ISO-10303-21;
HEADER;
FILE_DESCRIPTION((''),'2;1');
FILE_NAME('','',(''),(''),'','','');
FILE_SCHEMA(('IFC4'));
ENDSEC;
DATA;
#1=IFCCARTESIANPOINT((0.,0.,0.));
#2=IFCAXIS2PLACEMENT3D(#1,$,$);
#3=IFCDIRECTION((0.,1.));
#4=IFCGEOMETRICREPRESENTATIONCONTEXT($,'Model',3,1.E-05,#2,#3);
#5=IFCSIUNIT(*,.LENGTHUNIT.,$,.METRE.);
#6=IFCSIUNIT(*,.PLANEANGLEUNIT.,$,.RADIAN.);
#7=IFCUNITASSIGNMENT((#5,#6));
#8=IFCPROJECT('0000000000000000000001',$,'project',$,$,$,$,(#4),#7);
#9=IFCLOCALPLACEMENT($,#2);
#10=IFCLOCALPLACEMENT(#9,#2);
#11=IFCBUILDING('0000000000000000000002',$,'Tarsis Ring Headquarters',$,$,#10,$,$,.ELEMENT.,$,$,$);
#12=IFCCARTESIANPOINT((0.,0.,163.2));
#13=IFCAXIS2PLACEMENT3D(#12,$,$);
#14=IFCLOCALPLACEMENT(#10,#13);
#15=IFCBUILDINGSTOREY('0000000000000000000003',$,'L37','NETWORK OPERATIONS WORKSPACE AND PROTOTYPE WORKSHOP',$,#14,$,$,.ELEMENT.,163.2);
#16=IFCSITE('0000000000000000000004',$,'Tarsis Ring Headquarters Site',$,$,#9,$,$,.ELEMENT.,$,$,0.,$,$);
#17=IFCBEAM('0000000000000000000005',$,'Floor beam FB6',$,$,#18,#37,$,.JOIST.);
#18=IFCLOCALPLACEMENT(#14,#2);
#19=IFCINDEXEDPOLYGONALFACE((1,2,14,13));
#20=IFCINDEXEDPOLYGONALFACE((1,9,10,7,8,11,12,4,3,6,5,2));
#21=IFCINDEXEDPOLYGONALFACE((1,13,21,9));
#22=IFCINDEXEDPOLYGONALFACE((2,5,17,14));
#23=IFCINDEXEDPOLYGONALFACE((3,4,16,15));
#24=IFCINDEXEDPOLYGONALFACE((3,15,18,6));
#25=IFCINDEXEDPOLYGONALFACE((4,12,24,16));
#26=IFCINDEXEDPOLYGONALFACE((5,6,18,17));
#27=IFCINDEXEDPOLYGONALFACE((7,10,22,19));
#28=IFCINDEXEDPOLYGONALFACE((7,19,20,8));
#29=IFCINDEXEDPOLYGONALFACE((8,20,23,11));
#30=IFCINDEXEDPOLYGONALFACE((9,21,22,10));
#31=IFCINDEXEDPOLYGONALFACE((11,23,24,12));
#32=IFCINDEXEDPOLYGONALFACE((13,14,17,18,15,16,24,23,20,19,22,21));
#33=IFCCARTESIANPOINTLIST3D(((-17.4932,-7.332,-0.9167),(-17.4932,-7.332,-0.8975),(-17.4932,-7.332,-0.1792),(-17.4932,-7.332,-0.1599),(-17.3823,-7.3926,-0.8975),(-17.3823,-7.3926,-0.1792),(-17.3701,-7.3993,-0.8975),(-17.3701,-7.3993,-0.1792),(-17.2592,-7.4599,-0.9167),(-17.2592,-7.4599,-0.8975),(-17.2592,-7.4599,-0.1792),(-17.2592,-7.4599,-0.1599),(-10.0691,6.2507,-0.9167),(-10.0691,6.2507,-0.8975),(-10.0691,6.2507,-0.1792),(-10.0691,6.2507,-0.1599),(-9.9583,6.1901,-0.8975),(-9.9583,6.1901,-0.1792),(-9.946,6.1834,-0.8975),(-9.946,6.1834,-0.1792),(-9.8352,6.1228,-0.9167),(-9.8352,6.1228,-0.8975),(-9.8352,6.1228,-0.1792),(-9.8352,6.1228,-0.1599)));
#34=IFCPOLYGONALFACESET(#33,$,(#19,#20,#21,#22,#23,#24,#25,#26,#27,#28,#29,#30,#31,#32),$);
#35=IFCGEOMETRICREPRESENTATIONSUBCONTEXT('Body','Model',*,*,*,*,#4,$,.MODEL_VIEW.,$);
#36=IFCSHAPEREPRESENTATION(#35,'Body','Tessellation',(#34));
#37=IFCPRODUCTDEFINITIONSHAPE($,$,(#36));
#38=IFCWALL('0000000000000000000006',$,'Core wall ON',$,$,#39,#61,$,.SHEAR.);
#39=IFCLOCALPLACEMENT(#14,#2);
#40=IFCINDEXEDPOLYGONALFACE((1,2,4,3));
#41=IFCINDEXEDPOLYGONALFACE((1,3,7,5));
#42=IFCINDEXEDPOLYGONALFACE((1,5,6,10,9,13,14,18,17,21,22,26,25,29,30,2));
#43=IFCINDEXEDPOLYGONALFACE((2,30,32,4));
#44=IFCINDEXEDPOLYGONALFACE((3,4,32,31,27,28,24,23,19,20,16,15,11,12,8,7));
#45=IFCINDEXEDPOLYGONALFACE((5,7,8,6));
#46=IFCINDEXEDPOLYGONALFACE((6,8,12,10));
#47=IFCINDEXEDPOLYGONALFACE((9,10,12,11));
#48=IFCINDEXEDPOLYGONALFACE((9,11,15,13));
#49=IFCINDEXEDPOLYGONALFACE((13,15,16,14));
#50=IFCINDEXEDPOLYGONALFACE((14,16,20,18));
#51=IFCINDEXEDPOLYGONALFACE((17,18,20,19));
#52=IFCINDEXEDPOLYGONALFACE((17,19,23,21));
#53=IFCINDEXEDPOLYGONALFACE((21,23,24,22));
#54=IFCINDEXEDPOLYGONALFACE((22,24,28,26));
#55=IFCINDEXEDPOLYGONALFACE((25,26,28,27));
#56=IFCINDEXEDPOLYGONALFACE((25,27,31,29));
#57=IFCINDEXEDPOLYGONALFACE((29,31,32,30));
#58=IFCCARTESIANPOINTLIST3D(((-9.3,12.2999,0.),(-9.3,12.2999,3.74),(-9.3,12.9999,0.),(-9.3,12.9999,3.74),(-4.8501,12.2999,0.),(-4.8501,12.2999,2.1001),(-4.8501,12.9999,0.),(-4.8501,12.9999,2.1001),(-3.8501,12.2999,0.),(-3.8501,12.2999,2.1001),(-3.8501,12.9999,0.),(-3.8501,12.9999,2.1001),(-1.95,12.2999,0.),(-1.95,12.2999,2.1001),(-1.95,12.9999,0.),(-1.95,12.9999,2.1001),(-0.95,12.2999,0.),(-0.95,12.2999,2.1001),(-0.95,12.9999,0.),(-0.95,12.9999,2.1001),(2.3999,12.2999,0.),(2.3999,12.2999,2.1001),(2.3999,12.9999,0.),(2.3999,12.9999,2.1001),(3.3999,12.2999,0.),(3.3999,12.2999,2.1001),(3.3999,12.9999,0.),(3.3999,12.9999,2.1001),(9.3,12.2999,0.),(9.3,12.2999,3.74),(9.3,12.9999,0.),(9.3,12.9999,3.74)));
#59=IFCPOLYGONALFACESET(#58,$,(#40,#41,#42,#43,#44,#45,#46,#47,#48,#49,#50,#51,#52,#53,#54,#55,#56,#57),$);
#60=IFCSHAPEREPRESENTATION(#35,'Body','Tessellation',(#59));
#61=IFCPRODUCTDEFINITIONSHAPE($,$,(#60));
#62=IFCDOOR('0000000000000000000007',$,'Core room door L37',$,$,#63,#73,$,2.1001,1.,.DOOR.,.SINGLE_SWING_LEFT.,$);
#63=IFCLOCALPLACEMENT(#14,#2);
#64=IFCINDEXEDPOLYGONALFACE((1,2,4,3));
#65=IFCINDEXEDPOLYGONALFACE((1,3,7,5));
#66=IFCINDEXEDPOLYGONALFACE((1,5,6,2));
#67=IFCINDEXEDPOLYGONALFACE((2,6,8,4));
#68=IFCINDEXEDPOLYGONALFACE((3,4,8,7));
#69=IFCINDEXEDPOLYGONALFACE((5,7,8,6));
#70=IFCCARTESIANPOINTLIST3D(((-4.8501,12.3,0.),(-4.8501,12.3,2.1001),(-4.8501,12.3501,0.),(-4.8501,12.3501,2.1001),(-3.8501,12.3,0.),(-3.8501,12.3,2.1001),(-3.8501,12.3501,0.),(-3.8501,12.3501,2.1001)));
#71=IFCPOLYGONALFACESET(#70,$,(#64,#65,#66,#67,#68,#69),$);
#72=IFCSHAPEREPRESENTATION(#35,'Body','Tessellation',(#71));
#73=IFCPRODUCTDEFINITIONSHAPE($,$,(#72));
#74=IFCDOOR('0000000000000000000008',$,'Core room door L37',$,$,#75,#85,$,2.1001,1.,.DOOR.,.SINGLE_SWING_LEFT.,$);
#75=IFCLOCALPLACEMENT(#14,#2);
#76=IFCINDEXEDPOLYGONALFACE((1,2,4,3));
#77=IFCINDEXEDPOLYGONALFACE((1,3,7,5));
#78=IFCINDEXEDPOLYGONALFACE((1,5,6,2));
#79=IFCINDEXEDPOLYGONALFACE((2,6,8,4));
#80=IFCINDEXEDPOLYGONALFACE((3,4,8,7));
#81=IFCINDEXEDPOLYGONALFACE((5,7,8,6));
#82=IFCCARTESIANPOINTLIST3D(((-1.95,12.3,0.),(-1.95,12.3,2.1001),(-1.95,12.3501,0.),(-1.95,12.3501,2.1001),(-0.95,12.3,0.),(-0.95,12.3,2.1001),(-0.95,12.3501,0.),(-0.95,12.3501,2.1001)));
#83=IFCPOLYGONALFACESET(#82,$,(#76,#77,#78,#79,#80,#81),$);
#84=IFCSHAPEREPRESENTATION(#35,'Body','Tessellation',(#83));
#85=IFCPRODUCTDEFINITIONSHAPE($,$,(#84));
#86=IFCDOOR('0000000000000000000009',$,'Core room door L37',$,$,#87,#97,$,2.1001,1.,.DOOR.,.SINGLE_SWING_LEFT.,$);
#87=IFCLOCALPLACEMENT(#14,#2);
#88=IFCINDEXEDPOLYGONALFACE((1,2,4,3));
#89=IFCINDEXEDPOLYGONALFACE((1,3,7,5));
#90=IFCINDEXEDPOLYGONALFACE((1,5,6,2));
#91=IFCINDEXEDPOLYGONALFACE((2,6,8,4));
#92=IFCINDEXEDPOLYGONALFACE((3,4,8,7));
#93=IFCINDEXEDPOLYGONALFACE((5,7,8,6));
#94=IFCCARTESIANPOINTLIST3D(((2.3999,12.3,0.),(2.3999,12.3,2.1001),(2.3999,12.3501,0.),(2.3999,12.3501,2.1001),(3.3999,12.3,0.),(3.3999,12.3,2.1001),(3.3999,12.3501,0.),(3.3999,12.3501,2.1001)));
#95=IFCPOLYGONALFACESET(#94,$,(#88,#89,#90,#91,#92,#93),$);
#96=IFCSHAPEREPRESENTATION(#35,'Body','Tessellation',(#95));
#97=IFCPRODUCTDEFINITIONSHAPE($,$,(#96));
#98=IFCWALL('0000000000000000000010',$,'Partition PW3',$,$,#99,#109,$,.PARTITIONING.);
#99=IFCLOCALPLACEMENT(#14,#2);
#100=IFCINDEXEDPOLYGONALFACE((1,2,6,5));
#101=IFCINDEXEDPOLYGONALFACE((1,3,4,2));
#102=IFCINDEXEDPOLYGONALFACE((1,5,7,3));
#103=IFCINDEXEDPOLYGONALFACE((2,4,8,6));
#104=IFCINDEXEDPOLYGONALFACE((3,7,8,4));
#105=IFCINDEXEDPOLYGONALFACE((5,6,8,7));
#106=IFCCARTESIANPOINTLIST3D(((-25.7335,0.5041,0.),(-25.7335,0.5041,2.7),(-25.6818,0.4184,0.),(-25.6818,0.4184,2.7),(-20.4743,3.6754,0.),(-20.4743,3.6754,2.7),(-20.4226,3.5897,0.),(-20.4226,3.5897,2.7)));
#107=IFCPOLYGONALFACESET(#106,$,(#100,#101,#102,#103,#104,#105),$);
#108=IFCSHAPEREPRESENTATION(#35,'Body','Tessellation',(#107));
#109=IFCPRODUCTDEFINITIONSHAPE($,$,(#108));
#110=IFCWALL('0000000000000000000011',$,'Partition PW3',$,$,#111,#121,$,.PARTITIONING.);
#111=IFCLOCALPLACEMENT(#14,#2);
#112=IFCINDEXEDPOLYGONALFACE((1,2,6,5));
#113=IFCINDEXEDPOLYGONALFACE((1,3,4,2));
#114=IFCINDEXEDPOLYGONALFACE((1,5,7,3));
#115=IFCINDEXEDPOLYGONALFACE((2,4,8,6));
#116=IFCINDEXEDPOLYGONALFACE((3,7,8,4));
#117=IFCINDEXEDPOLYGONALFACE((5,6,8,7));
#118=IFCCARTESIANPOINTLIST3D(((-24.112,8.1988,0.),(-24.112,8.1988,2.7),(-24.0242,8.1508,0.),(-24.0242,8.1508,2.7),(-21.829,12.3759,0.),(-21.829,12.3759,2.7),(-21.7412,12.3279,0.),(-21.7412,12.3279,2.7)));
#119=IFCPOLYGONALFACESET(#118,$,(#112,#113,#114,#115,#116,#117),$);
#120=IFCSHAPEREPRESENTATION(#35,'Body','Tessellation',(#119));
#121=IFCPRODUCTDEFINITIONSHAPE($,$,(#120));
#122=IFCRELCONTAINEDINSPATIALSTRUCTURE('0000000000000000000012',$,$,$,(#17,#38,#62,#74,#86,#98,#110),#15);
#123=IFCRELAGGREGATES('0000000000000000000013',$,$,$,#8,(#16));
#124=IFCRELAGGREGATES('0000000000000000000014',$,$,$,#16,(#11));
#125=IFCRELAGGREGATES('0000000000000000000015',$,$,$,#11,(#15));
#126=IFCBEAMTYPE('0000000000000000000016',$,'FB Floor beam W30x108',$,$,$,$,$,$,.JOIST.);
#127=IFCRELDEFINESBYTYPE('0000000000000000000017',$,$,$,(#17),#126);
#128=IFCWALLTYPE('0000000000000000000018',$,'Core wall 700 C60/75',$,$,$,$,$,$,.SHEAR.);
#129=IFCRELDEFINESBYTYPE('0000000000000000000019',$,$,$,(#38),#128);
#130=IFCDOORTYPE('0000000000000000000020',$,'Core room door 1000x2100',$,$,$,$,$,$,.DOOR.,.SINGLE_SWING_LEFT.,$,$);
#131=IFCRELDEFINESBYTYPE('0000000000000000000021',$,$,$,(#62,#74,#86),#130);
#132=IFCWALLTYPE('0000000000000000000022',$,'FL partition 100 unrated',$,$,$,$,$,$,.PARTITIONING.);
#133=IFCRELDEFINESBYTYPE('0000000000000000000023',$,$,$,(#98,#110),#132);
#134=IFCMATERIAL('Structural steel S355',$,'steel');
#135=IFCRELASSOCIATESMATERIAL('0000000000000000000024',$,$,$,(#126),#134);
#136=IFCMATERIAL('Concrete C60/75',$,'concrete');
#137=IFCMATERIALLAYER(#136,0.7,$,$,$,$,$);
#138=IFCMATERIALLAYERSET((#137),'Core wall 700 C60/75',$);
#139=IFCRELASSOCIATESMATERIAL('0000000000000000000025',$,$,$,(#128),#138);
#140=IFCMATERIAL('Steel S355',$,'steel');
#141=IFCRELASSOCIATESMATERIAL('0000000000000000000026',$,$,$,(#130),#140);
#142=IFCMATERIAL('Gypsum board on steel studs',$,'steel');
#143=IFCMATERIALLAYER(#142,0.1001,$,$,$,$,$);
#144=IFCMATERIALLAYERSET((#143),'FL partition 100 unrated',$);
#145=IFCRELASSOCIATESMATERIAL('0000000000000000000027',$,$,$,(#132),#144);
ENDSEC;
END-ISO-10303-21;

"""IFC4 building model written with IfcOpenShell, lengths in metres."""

from ifc_helpers import new_model, si_unit, direction, frame, frame_2d, origin, origin_2d, place, context, subcontext, project, spatial, rectangle, i_section, extrude, material, layer, layer_set, material_profile, profile_set, type_object, element, fill, save


model = new_model("IFC4")

# Units and contexts
model_context = context("Model", 3, precision=1e-05, world=origin(), true_north=direction((0.0, 1.0)))
body_context = subcontext(model_context, "Body", "Model", "MODEL_VIEW")
ifc_project = project(units=[si_unit("LENGTHUNIT", "METRE"), si_unit("PLANEANGLEUNIT", "RADIAN")], contexts=[model_context])

# Site, building, storey
site_placement = place(None, origin())
site = spatial("IfcSite", under=ifc_project, at=site_placement, Name="Tarsis Ring Headquarters Site", CompositionType="ELEMENT", RefElevation=0.0)
building_placement = place(site_placement, origin())
building = spatial("IfcBuilding", under=site, at=building_placement, Name="Tarsis Ring Headquarters", CompositionType="ELEMENT")
storey_placement = place(building_placement, frame((0.0, 0.0, 163.2)))
storey = spatial("IfcBuildingStorey", under=building, at=storey_placement, Name="L37", Description="NETWORK OPERATIONS WORKSPACE AND PROTOTYPE WORKSHOP", CompositionType="ELEMENT", Elevation=163.2)

# Beam
ifc_material_1 = material(Name="Structural steel S355", Category="steel")
ifc_material_profile = material_profile(ifc_material_1, i_section(OverallWidth=0.2666, OverallDepth=0.7568, WebThickness=0.0139, FlangeThickness=0.0193, at=origin_2d()), Name="W30x108")
ifc_profile_set = profile_set([ifc_material_profile], Name="Structural steel S355")
beam_type = type_object("IfcBeamType", Name="FB Floor beam W30x108", PredefinedType="JOIST", material=ifc_profile_set)
beam_placement = place(storey_placement, frame((-9.9521, 6.1868, -0.5383), z_axis=(-0.479613, -0.87748, 0.0), x_axis=(0.87748, -0.479613, 0.0)))
element("IfcBeam", 1, at=beam_placement, inside=storey, type_object=beam_type, Name="Floor beam FB6", PredefinedType="JOIST", context=body_context, shape_type="SweptSolid", body=[
    extrude(i_section(OverallWidth=0.2666, OverallDepth=0.7568, WebThickness=0.0139, FlangeThickness=0.0193, at=origin_2d()), origin(), (0.0, 0.0, 1.0), 15.4792),
])

# Wall, openings, doors
ifc_material_2 = material(Name="Concrete C60/75", Category="concrete")
ifc_layer_1 = layer(ifc_material_2, 0.7)
ifc_layer_set_1 = layer_set([ifc_layer_1], Name="Core wall 700 C60/75")
wall_type_1 = type_object("IfcWallType", Name="Core wall 700 C60/75", PredefinedType="SHEAR", material=ifc_layer_set_1)
wall_1_placement = place(storey_placement, frame((-9.3, 12.6499, 0.0), z_axis=(0.0, 0.0, 1.0), x_axis=(1.0, 0.0, 0.0)))
wall_1 = element("IfcWall", 2, at=wall_1_placement, inside=storey, type_object=wall_type_1, Name="Core wall ON", PredefinedType="SHEAR", context=body_context, shape_type="SweptSolid", body=[
    extrude(rectangle(XDim=18.6001, YDim=0.7, at=frame_2d((9.3, 0.0))), origin(), (0.0, 0.0, 1.0), 3.74),
])
opening_1_placement = place(wall_1_placement, frame((4.45, 0.0, 0.0)))
opening_1 = element("IfcOpeningElement", 3, at=opening_1_placement, cuts=wall_1, PredefinedType="OPENING", context=body_context, shape_type="SweptSolid", body=[
    extrude(rectangle(XDim=1.0, YDim=2.1001, at=frame_2d((0.5, 1.05))), frame((0.0, 0.3599, 0.0), z_axis=(0.0, -1.0, 0.0), x_axis=(1.0, 0.0, 0.0)), (0.0, 0.0, 1.0), 0.72),
])
opening_2_placement = place(wall_1_placement, frame((7.3501, 0.0, 0.0)))
opening_2 = element("IfcOpeningElement", 4, at=opening_2_placement, cuts=wall_1, PredefinedType="OPENING", context=body_context, shape_type="SweptSolid", body=[
    extrude(rectangle(XDim=1.0, YDim=2.1001, at=frame_2d((0.5, 1.05))), frame((0.0, 0.3599, 0.0), z_axis=(0.0, -1.0, 0.0), x_axis=(1.0, 0.0, 0.0)), (0.0, 0.0, 1.0), 0.72),
])
opening_3_placement = place(wall_1_placement, frame((11.7, 0.0, 0.0)))
opening_3 = element("IfcOpeningElement", 5, at=opening_3_placement, cuts=wall_1, PredefinedType="OPENING", context=body_context, shape_type="SweptSolid", body=[
    extrude(rectangle(XDim=1.0, YDim=2.1001, at=frame_2d((0.5, 1.05))), frame((0.0, 0.3599, 0.0), z_axis=(0.0, -1.0, 0.0), x_axis=(1.0, 0.0, 0.0)), (0.0, 0.0, 1.0), 0.72),
])
ifc_material_3 = material(Name="Steel S355", Category="steel")
door_type_1 = type_object("IfcDoorType", Name="Core room door 1000x2100", OperationType="SINGLE_SWING_LEFT", PredefinedType="DOOR", material=ifc_material_3)
door_1_placement = place(opening_1_placement, origin())
door_1 = element("IfcDoor", 6, at=door_1_placement, inside=storey, type_object=door_type_1, Name="Core room door L37", OperationType="SINGLE_SWING_LEFT", OverallHeight=2.1001, OverallWidth=1.0, PredefinedType="DOOR", context=body_context, shape_type="SweptSolid", body=[
    extrude(rectangle(XDim=1.0, YDim=2.1001, at=frame_2d((0.5, 1.05))), frame((0.0, -0.2998, 0.0), z_axis=(0.0, -1.0, 0.0), x_axis=(1.0, 0.0, 0.0)), (0.0, 0.0, 1.0), 0.05),
])
fill(opening_1, door_1)
door_2_placement = place(opening_2_placement, origin())
door_2 = element("IfcDoor", 7, at=door_2_placement, inside=storey, type_object=door_type_1, Name="Core room door L37", OperationType="SINGLE_SWING_LEFT", OverallHeight=2.1001, OverallWidth=1.0, PredefinedType="DOOR", context=body_context, shape_type="SweptSolid", body=[
    extrude(rectangle(XDim=1.0, YDim=2.1001, at=frame_2d((0.5, 1.05))), frame((0.0, -0.2998, 0.0), z_axis=(0.0, -1.0, 0.0), x_axis=(1.0, 0.0, 0.0)), (0.0, 0.0, 1.0), 0.05),
])
fill(opening_2, door_2)
door_3_placement = place(opening_3_placement, origin())
door_3 = element("IfcDoor", 8, at=door_3_placement, inside=storey, type_object=door_type_1, Name="Core room door L37", OperationType="SINGLE_SWING_LEFT", OverallHeight=2.1001, OverallWidth=1.0, PredefinedType="DOOR", context=body_context, shape_type="SweptSolid", body=[
    extrude(rectangle(XDim=1.0, YDim=2.1001, at=frame_2d((0.5, 1.05))), frame((0.0, -0.2998, 0.0), z_axis=(0.0, -1.0, 0.0), x_axis=(1.0, 0.0, 0.0)), (0.0, 0.0, 1.0), 0.05),
])
fill(opening_3, door_3)

# Walls
ifc_material_4 = material(Name="Gypsum board on steel studs", Category="steel")
ifc_layer_2 = layer(ifc_material_4, 0.1001)
ifc_layer_set_2 = layer_set([ifc_layer_2], Name="FL partition 100 unrated")
wall_type_2 = type_object("IfcWallType", Name="FL partition 100 unrated", PredefinedType="PARTITIONING", material=ifc_layer_set_2)
wall_2_placement = place(storey_placement, frame((-25.7078, 0.4612, 0.0), z_axis=(0.0, 0.0, 1.0), x_axis=(0.856354, 0.516389, 0.0)))
element("IfcWall", 9, at=wall_2_placement, inside=storey, type_object=wall_type_2, Name="Partition PW3", PredefinedType="PARTITIONING", context=body_context, shape_type="SweptSolid", body=[
    extrude(rectangle(XDim=6.1414, YDim=0.1001, at=frame_2d((3.0708, 0.0))), origin(), (0.0, 0.0, 1.0), 2.7),
])
wall_3_placement = place(storey_placement, frame((-24.0681, 8.1748, 0.0), z_axis=(0.0, 0.0, 1.0), x_axis=(0.479596, 0.87749, 0.0)))
element("IfcWall", 10, at=wall_3_placement, inside=storey, type_object=wall_type_2, Name="Partition PW3", PredefinedType="PARTITIONING", context=body_context, shape_type="SweptSolid", body=[
    extrude(rectangle(XDim=4.7603, YDim=0.1001, at=frame_2d((2.3801, 0.0))), origin(), (0.0, 0.0, 1.0), 2.7),
])

save(model, "model.ifc")
